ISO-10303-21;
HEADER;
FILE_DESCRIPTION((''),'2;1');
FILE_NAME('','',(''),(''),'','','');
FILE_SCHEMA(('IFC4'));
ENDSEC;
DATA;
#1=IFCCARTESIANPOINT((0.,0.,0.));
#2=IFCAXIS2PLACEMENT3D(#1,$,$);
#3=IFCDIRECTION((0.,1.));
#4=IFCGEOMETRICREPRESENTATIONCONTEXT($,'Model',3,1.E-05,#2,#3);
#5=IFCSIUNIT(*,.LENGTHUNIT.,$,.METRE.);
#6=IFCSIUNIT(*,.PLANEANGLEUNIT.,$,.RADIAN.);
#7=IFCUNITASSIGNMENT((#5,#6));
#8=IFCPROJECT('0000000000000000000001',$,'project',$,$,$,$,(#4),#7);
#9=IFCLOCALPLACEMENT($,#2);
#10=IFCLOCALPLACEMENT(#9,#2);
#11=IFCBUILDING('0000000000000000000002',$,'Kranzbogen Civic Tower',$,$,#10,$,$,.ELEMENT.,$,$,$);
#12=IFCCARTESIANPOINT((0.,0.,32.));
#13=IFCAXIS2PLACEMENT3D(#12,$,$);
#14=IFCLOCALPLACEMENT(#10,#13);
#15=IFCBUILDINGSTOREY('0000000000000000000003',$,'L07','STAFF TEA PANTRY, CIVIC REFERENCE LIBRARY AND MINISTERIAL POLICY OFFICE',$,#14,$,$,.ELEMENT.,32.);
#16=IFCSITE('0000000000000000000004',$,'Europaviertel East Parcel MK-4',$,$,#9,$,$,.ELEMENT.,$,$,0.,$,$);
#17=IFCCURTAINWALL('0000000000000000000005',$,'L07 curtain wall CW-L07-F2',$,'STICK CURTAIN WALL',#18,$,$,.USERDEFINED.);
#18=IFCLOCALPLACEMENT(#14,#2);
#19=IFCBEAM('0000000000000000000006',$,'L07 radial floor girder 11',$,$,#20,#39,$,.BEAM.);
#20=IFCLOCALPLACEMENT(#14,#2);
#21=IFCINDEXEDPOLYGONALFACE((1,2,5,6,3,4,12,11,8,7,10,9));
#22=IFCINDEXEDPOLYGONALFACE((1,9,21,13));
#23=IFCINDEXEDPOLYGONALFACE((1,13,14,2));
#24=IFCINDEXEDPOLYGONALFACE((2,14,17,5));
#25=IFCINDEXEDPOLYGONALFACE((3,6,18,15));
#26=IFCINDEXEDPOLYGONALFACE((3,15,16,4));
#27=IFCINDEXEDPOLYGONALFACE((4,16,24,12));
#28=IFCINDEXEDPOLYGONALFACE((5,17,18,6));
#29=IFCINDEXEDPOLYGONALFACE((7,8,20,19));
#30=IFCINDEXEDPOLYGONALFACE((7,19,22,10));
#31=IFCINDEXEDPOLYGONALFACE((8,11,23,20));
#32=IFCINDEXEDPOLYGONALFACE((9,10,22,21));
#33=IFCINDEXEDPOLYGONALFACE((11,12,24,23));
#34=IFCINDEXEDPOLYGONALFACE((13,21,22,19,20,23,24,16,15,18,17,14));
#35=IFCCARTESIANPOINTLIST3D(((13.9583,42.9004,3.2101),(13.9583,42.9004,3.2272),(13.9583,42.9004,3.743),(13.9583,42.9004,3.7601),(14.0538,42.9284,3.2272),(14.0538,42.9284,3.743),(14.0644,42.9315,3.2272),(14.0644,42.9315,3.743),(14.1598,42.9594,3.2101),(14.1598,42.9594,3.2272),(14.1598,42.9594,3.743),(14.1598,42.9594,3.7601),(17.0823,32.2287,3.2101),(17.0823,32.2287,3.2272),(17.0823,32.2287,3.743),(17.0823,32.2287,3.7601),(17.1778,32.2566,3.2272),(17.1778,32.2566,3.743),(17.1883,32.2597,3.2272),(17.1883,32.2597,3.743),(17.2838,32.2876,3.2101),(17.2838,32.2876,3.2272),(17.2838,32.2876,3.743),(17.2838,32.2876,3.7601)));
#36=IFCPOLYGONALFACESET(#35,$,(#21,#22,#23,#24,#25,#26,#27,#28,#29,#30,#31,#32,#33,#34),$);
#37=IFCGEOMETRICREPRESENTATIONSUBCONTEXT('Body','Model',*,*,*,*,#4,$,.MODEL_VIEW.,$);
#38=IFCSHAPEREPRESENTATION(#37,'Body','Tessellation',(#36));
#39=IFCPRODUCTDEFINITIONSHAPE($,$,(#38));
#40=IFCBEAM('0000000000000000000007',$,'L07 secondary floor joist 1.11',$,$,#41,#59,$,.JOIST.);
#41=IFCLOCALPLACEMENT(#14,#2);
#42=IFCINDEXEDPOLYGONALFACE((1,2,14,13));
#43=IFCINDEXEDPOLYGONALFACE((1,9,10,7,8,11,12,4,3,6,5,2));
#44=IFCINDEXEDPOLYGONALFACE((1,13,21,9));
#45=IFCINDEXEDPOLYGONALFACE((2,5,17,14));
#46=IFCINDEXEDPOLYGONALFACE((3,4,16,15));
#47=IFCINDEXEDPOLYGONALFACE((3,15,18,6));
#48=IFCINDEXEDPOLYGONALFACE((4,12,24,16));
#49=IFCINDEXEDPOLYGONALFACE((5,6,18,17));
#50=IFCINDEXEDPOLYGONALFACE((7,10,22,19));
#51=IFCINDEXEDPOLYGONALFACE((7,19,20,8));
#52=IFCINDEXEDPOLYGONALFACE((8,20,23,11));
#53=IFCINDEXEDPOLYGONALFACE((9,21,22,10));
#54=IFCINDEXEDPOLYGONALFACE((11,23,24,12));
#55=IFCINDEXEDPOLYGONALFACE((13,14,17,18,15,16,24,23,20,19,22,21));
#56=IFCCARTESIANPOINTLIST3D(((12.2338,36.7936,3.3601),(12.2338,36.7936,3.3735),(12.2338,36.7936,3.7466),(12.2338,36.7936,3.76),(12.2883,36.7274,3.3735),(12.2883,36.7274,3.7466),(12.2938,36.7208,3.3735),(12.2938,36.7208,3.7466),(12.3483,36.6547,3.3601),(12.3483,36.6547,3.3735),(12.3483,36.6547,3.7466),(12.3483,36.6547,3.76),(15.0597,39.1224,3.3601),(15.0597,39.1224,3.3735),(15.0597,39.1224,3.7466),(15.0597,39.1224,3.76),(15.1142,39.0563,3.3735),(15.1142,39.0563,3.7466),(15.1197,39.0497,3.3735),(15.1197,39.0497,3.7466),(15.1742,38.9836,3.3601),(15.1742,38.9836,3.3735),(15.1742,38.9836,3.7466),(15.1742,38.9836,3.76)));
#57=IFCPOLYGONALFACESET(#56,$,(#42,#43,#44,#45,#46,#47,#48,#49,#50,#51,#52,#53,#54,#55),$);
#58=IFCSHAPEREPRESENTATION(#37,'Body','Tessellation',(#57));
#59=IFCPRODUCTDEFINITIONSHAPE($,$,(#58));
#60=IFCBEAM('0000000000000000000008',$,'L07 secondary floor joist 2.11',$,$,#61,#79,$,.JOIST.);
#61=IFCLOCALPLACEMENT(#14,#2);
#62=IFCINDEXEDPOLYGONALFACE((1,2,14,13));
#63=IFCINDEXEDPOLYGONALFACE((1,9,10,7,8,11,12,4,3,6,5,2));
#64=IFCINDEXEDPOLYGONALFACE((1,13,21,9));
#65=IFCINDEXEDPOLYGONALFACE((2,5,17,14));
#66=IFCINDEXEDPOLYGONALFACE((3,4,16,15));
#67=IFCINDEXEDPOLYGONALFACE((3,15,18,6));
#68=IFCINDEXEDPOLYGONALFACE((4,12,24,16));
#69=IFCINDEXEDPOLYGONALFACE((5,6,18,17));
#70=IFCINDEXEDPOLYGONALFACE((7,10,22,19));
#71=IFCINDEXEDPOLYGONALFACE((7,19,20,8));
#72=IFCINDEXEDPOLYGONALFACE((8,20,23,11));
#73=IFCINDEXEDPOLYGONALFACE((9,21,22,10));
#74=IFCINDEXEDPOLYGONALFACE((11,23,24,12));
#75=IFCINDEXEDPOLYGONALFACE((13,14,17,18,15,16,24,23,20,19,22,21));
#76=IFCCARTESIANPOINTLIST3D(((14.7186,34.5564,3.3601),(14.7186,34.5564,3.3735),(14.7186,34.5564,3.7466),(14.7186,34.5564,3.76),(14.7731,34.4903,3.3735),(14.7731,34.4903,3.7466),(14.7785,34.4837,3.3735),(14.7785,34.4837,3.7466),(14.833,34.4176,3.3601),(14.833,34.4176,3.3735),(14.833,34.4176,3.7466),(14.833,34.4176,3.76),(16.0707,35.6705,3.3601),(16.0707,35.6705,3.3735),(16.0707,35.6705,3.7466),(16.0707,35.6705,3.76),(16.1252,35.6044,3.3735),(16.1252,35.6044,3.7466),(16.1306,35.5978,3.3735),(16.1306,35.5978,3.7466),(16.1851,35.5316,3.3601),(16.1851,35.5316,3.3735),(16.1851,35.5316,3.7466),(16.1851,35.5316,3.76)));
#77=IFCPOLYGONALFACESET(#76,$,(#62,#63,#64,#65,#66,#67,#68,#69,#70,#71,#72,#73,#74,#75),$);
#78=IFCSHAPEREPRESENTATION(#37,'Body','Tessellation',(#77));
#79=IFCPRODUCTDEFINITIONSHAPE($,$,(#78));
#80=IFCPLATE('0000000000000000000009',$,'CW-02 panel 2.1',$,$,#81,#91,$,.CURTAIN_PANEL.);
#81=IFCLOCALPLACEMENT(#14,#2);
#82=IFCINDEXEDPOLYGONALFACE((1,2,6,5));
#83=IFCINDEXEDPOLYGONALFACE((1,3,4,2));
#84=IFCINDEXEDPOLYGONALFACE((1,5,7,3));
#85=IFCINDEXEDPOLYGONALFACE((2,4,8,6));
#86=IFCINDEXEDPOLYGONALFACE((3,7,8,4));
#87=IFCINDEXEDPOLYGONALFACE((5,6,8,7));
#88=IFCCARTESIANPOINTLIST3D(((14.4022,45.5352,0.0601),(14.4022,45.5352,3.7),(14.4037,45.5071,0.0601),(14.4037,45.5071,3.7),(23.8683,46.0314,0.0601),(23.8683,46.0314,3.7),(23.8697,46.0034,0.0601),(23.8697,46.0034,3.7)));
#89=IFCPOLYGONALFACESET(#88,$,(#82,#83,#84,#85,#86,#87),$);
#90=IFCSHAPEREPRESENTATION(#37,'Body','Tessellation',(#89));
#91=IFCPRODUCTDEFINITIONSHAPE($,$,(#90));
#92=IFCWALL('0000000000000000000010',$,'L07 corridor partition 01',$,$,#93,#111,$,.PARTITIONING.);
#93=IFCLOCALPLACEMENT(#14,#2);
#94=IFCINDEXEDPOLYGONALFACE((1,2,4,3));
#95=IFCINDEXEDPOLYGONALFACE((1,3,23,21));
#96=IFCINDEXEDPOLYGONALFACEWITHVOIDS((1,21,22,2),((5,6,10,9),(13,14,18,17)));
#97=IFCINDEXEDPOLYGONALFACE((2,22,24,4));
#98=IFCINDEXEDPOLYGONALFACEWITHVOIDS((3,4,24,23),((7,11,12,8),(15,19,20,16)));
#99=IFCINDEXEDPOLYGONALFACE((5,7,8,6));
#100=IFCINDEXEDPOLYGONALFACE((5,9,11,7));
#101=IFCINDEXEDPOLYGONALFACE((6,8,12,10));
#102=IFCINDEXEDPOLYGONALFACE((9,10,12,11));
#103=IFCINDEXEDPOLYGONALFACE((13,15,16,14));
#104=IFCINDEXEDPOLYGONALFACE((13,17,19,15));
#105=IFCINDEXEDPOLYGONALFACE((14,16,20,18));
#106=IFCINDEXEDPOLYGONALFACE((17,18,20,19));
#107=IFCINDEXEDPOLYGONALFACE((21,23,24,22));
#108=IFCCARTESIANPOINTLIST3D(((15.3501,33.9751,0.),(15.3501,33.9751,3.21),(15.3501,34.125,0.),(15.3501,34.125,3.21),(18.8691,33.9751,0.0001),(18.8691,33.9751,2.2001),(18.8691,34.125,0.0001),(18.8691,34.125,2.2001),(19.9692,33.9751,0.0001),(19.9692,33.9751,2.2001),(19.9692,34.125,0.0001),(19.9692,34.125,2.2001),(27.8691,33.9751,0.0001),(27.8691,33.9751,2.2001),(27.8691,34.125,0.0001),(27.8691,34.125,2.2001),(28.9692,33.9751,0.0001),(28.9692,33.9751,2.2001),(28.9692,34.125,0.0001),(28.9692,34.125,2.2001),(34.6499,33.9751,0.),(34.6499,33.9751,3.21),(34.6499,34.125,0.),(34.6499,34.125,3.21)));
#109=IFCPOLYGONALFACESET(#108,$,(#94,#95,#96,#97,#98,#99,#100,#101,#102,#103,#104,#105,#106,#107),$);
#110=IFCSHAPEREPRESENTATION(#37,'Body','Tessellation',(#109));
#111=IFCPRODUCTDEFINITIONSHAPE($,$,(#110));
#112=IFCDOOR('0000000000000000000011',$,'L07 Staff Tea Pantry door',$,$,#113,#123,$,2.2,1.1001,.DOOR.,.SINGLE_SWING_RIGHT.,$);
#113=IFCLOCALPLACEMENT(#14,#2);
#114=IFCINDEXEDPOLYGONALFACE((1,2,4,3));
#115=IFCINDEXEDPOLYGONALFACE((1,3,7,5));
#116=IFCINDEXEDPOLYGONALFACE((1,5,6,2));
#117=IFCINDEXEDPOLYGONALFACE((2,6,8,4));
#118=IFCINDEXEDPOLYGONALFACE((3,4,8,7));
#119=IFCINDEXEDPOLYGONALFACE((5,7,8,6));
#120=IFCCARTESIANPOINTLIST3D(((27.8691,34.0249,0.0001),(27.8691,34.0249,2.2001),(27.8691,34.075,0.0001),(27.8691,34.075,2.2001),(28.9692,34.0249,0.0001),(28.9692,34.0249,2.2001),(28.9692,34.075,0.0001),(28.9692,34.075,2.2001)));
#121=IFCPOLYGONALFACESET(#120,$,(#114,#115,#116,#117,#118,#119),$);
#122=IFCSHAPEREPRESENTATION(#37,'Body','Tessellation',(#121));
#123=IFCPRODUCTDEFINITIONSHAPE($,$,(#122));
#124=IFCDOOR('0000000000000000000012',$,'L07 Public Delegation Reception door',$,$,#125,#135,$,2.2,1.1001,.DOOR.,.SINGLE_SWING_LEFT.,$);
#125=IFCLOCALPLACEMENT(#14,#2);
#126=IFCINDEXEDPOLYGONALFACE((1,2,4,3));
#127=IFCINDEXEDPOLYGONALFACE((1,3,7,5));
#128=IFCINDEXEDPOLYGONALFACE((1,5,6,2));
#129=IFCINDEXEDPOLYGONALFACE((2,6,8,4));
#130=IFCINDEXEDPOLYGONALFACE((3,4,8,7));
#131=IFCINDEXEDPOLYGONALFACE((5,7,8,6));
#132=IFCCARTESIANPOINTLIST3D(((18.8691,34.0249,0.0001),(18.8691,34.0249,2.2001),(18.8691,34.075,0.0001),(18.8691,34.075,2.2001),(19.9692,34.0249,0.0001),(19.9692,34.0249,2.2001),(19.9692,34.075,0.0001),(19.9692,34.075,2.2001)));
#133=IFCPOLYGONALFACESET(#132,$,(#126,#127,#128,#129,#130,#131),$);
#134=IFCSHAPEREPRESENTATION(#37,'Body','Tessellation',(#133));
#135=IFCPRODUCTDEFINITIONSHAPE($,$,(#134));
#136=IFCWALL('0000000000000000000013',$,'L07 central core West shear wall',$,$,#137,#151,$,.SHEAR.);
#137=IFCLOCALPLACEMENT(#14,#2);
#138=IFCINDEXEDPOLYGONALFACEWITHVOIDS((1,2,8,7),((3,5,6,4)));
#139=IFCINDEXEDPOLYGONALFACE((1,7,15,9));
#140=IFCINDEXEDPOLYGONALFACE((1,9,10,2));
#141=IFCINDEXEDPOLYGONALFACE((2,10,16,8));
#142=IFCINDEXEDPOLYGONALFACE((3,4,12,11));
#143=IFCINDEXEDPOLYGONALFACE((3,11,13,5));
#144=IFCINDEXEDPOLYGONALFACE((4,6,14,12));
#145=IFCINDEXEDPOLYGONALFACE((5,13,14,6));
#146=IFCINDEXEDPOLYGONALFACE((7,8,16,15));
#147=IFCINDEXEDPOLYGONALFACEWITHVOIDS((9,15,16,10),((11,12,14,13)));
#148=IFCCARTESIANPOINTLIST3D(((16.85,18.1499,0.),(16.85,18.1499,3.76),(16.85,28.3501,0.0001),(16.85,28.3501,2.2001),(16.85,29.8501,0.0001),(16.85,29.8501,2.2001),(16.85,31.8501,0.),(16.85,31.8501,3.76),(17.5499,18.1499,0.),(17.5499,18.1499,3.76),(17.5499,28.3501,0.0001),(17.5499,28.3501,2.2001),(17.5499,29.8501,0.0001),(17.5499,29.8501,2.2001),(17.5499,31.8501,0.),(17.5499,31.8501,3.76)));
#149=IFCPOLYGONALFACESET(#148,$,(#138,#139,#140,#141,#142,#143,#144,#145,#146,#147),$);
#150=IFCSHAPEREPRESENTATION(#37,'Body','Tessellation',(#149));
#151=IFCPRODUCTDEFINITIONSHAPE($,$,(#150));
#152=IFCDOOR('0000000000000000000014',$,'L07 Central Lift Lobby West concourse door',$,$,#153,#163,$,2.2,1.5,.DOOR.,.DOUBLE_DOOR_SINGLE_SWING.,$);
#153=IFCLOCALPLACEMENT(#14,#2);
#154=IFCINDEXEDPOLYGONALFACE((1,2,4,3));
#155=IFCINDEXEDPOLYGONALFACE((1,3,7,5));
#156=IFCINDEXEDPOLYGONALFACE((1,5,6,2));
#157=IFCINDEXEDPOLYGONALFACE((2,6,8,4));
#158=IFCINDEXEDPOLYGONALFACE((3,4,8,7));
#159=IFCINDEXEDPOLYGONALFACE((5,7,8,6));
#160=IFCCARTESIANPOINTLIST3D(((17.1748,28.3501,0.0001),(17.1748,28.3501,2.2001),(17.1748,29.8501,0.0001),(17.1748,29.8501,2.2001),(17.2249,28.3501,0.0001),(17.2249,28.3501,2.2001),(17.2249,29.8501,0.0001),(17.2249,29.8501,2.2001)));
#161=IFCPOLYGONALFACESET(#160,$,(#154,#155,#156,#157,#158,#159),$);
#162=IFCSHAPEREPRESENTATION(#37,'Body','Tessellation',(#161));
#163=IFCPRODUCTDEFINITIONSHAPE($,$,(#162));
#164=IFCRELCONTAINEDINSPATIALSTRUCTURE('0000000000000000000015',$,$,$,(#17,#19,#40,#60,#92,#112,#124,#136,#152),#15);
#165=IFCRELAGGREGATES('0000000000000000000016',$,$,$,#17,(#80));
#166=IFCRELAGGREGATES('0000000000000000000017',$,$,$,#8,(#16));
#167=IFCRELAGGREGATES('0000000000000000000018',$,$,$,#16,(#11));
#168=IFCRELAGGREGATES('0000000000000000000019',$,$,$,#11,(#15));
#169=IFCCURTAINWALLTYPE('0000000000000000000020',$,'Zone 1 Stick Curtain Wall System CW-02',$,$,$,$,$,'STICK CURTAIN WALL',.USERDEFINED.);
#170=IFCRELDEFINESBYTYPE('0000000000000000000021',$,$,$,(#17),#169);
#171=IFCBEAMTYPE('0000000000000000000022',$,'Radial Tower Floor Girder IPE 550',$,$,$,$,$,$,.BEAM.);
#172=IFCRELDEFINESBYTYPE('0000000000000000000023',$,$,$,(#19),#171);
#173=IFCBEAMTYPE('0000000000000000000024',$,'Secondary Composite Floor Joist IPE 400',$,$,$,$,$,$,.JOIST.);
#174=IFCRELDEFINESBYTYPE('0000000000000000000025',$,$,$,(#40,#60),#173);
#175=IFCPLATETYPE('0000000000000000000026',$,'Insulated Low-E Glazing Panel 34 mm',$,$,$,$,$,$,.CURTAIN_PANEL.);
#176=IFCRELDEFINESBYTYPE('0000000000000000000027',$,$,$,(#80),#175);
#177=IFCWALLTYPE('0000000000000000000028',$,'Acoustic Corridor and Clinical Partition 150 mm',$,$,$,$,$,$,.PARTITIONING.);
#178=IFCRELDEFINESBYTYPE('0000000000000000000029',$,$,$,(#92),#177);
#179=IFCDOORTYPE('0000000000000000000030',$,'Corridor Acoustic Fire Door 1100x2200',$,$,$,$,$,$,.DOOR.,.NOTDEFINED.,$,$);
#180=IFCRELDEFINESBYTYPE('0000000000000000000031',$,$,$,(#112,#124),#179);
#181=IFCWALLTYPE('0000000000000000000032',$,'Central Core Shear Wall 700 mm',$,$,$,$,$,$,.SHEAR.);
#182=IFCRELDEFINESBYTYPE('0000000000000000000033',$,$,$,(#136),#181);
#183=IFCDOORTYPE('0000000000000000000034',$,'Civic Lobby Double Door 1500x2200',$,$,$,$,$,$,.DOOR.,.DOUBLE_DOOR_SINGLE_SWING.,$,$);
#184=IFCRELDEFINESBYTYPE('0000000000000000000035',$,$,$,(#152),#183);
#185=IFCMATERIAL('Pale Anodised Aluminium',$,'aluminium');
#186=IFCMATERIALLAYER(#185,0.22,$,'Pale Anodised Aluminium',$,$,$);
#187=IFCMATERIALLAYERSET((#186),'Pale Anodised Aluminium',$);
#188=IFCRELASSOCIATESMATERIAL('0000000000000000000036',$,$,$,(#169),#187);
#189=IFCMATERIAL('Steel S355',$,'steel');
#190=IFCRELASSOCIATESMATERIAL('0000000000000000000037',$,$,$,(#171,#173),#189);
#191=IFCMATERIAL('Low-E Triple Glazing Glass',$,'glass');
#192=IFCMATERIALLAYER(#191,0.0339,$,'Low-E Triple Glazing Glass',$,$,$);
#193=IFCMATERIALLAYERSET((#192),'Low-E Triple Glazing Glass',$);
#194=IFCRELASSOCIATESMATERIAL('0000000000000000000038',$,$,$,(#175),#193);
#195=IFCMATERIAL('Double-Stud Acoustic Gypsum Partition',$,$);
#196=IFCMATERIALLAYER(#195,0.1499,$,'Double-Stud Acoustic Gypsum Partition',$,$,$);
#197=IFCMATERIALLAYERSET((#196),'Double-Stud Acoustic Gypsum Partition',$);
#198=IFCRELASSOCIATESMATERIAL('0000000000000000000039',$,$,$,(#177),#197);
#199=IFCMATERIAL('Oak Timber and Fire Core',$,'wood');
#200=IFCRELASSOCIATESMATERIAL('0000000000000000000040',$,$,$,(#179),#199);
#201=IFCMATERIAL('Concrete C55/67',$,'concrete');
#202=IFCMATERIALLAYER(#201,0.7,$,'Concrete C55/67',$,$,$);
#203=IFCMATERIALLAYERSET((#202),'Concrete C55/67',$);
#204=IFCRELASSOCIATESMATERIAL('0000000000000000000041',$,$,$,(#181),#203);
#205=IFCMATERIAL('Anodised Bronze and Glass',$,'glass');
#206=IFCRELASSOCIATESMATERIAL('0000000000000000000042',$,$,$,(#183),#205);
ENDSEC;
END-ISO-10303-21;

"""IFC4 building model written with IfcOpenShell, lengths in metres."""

from ifc_helpers import new_model, si_unit, direction, frame, frame_2d, origin, origin_2d, place, context, subcontext, project, spatial, rectangle, i_section, extrude, material, layer, layer_set, material_profile, profile_set, type_object, element, fill, aggregate, save


model = new_model("IFC4")

# Units and contexts
model_context = context("Model", 3, precision=1e-05, world=origin(), true_north=direction((0.0, 1.0)))
body_context = subcontext(model_context, "Body", "Model", "MODEL_VIEW")
ifc_project = project(units=[si_unit("LENGTHUNIT", "METRE"), si_unit("PLANEANGLEUNIT", "RADIAN")], contexts=[model_context])

# Site, building, storey
site_placement = place(None, origin())
site = spatial("IfcSite", under=ifc_project, at=site_placement, Name="Europaviertel East Parcel MK-4", CompositionType="ELEMENT", RefElevation=0.0)
building_placement = place(site_placement, origin())
building = spatial("IfcBuilding", under=site, at=building_placement, Name="Kranzbogen Civic Tower", CompositionType="ELEMENT")
storey_placement = place(building_placement, frame((0.0, 0.0, 32.0)))
storey = spatial("IfcBuildingStorey", under=building, at=storey_placement, Name="L07", Description="STAFF TEA PANTRY, CIVIC REFERENCE LIBRARY AND MINISTERIAL POLICY OFFICE", CompositionType="ELEMENT", Elevation=32.0)

# Curtain wall
ifc_material_1 = material(Name="Pale Anodised Aluminium", Category="aluminium")
ifc_layer_1 = layer(ifc_material_1, 0.22, Name="Pale Anodised Aluminium")
ifc_layer_set_1 = layer_set([ifc_layer_1], Name="Pale Anodised Aluminium")
curtain_wall_type = type_object("IfcCurtainWallType", Name="Zone 1 Stick Curtain Wall System CW-02", ElementType="STICK CURTAIN WALL", PredefinedType="USERDEFINED", material=ifc_layer_set_1)
curtain_wall_1_placement = place(storey_placement, origin())
curtain_wall_1 = element("IfcCurtainWall", 1, at=curtain_wall_1_placement, inside=storey, type_object=curtain_wall_type, Name="L07 curtain wall CW-L07-F2", ObjectType="STICK CURTAIN WALL", PredefinedType="USERDEFINED")

# Beams
ifc_material_2 = material(Name="Steel S355", Category="steel")
ifc_material_profile_1 = material_profile(ifc_material_2, i_section(OverallWidth=0.21, OverallDepth=0.55, WebThickness=0.011, FlangeThickness=0.0171, at=origin_2d()), Name="IPE 550")
ifc_profile_set_1 = profile_set([ifc_material_profile_1], Name="Steel S355")
beam_type_1 = type_object("IfcBeamType", Name="Radial Tower Floor Girder IPE 550", PredefinedType="BEAM", material=ifc_profile_set_1)
beam_1_placement = place(storey_placement, frame((14.0591, 42.9299, 3.4851), z_axis=(0.280944, -0.959724, 0.0), x_axis=(0.959724, 0.280944, 0.0)))
element("IfcBeam", 2, at=beam_1_placement, inside=storey, type_object=beam_type_1, Name="L07 radial floor girder 11", PredefinedType="BEAM", context=body_context, shape_type="SweptSolid", body=[
    extrude(i_section(OverallWidth=0.21, OverallDepth=0.55, WebThickness=0.011, FlangeThickness=0.0171, at=origin_2d()), origin(), (0.0, 0.0, 1.0), 11.1196),
])
ifc_material_profile_2 = material_profile(ifc_material_2, i_section(OverallWidth=0.1799, OverallDepth=0.3999, WebThickness=0.0085, FlangeThickness=0.0134, at=origin_2d()), Name="IPE 400")
ifc_profile_set_2 = profile_set([ifc_material_profile_2], Name="Steel S355")
beam_type_2 = type_object("IfcBeamType", Name="Secondary Composite Floor Joist IPE 400", PredefinedType="JOIST", material=ifc_profile_set_2)
beam_2_placement = place(storey_placement, frame((15.1169, 39.053, 3.5601), z_axis=(-0.771713, -0.635971, 0.0), x_axis=(0.635971, -0.771713, 0.0)))
element("IfcBeam", 3, at=beam_2_placement, inside=storey, type_object=beam_type_2, Name="L07 secondary floor joist 1.11", PredefinedType="JOIST", context=body_context, shape_type="SweptSolid", body=[
    extrude(i_section(OverallWidth=0.1799, OverallDepth=0.3999, WebThickness=0.0085, FlangeThickness=0.0134, at=origin_2d()), origin(), (0.0, 0.0, 1.0), 3.6619),
])
beam_3_placement = place(storey_placement, frame((16.1279, 35.6011, 3.5601), z_axis=(-0.771773, -0.635898, 0.0), x_axis=(0.635898, -0.771773, 0.0)))
element("IfcBeam", 4, at=beam_3_placement, inside=storey, type_object=beam_type_2, Name="L07 secondary floor joist 2.11", PredefinedType="JOIST", context=body_context, shape_type="SweptSolid", body=[
    extrude(i_section(OverallWidth=0.1799, OverallDepth=0.3999, WebThickness=0.0085, FlangeThickness=0.0134, at=origin_2d()), origin(), (0.0, 0.0, 1.0), 1.752),
])

# Plate
ifc_material_3 = material(Name="Low-E Triple Glazing Glass", Category="glass")
ifc_layer_2 = layer(ifc_material_3, 0.0339, Name="Low-E Triple Glazing Glass")
ifc_layer_set_2 = layer_set([ifc_layer_2], Name="Low-E Triple Glazing Glass")
plate_type = type_object("IfcPlateType", Name="Insulated Low-E Glazing Panel 34 mm", PredefinedType="CURTAIN_PANEL", material=ifc_layer_set_2)
plate_placement = place(storey_placement, frame((19.136, 45.7693, 0.0601), z_axis=(0.0, 0.0, 1.0), x_axis=(-0.998628, -0.052356, 0.0)))
plate = element("IfcPlate", 5, at=plate_placement, type_object=plate_type, Name="CW-02 panel 2.1", PredefinedType="CURTAIN_PANEL", context=body_context, shape_type="SweptSolid", body=[
    extrude(rectangle(XDim=9.479, YDim=0.0281, at=origin_2d()), origin(), (0.0, 0.0, 1.0), 3.6399),
])
aggregate(curtain_wall_1, [plate])

# Wall, openings, doors
ifc_material_4 = material(Name="Double-Stud Acoustic Gypsum Partition")
ifc_layer_3 = layer(ifc_material_4, 0.1499, Name="Double-Stud Acoustic Gypsum Partition")
ifc_layer_set_3 = layer_set([ifc_layer_3], Name="Double-Stud Acoustic Gypsum Partition")
wall_type_1 = type_object("IfcWallType", Name="Acoustic Corridor and Clinical Partition 150 mm", PredefinedType="PARTITIONING", material=ifc_layer_set_3)
wall_1_placement = place(storey_placement, frame((15.3501, 34.05, 0.0), z_axis=(0.0, 0.0, 1.0), x_axis=(1.0, 0.0, 0.0)))
wall_1 = element("IfcWall", 6, at=wall_1_placement, inside=storey, type_object=wall_type_1, Name="L07 corridor partition 01", PredefinedType="PARTITIONING", context=body_context, shape_type="SweptSolid", body=[
    extrude(rectangle(XDim=19.2998, YDim=0.1499, at=frame_2d((9.6499, 0.0))), origin(), (0.0, 0.0, 1.0), 3.21),
])
opening_1_placement = place(wall_1_placement, frame((12.519, 0.0, 0.0)))
opening_1 = element("IfcOpeningElement", 7, at=opening_1_placement, cuts=wall_1, PredefinedType="OPENING", context=body_context, shape_type="SweptSolid", body=[
    extrude(rectangle(XDim=1.1001, YDim=2.2, at=frame_2d((0.55, 1.1001))), frame((0.0, 0.085, 0.0), z_axis=(0.0, -1.0, 0.0), x_axis=(1.0, 0.0, 0.0)), (0.0, 0.0, 1.0), 0.1699),
])
opening_2_placement = place(wall_1_placement, frame((3.519, 0.0, 0.0)))
opening_2 = element("IfcOpeningElement", 8, at=opening_2_placement, cuts=wall_1, PredefinedType="OPENING", context=body_context, shape_type="SweptSolid", body=[
    extrude(rectangle(XDim=1.1001, YDim=2.2, at=frame_2d((0.55, 1.1001))), frame((0.0, 0.085, 0.0), z_axis=(0.0, -1.0, 0.0), x_axis=(1.0, 0.0, 0.0)), (0.0, 0.0, 1.0), 0.1699),
])
ifc_material_5 = material(Name="Oak Timber and Fire Core", Category="wood")
door_type_1 = type_object("IfcDoorType", Name="Corridor Acoustic Fire Door 1100x2200", OperationType="NOTDEFINED", PredefinedType="DOOR", material=ifc_material_5)
door_1_placement = place(opening_1_placement, origin())
door_1 = element("IfcDoor", 9, at=door_1_placement, inside=storey, type_object=door_type_1, Name="L07 Staff Tea Pantry door", OperationType="SINGLE_SWING_RIGHT", OverallHeight=2.2, OverallWidth=1.1001, PredefinedType="DOOR", context=body_context, shape_type="SweptSolid", body=[
    extrude(rectangle(XDim=1.1001, YDim=2.2, at=frame_2d((0.55, 1.1001))), frame((0.0, 0.0249, 0.0), z_axis=(0.0, -1.0, 0.0), x_axis=(1.0, 0.0, 0.0)), (0.0, 0.0, 1.0), 0.05),
])
fill(opening_1, door_1)
door_2_placement = place(opening_2_placement, origin())
door_2 = element("IfcDoor", 10, at=door_2_placement, inside=storey, type_object=door_type_1, Name="L07 Public Delegation Reception door", OperationType="SINGLE_SWING_LEFT", OverallHeight=2.2, OverallWidth=1.1001, PredefinedType="DOOR", context=body_context, shape_type="SweptSolid", body=[
    extrude(rectangle(XDim=1.1001, YDim=2.2, at=frame_2d((0.55, 1.1001))), frame((0.0, 0.0249, 0.0), z_axis=(0.0, -1.0, 0.0), x_axis=(1.0, 0.0, 0.0)), (0.0, 0.0, 1.0), 0.05),
])
fill(opening_2, door_2)

# Wall, opening, door
ifc_material_6 = material(Name="Concrete C55/67", Category="concrete")
ifc_layer_4 = layer(ifc_material_6, 0.7, Name="Concrete C55/67")
ifc_layer_set_4 = layer_set([ifc_layer_4], Name="Concrete C55/67")
wall_type_2 = type_object("IfcWallType", Name="Central Core Shear Wall 700 mm", PredefinedType="SHEAR", material=ifc_layer_set_4)
wall_2_placement = place(storey_placement, frame((17.2, 31.8501, 0.0), z_axis=(0.0, 0.0, 1.0), x_axis=(0.0, -1.0, 0.0)))
wall_2 = element("IfcWall", 11, at=wall_2_placement, inside=storey, type_object=wall_type_2, Name="L07 central core West shear wall", PredefinedType="SHEAR", context=body_context, shape_type="SweptSolid", body=[
    extrude(rectangle(XDim=13.7002, YDim=0.7, at=frame_2d((6.8501, 0.0))), origin(), (0.0, 0.0, 1.0), 3.76),
])
opening_3_placement = place(wall_2_placement, frame((2.0, 0.0, 0.0)))
opening_3 = element("IfcOpeningElement", 12, at=opening_3_placement, cuts=wall_2, PredefinedType="OPENING", context=body_context, shape_type="SweptSolid", body=[
    extrude(rectangle(XDim=1.5, YDim=2.2, at=frame_2d((0.75, 1.1001))), frame((0.0, 0.3599, 0.0), z_axis=(0.0, -1.0, 0.0), x_axis=(1.0, 0.0, 0.0)), (0.0, 0.0, 1.0), 0.72),
])
ifc_material_7 = material(Name="Anodised Bronze and Glass", Category="glass")
door_type_2 = type_object("IfcDoorType", Name="Civic Lobby Double Door 1500x2200", OperationType="DOUBLE_DOOR_SINGLE_SWING", PredefinedType="DOOR", material=ifc_material_7)
door_3_placement = place(opening_3_placement, origin())
door_3 = element("IfcDoor", 13, at=door_3_placement, inside=storey, type_object=door_type_2, Name="L07 Central Lift Lobby West concourse door", OperationType="DOUBLE_DOOR_SINGLE_SWING", OverallHeight=2.2, OverallWidth=1.5, PredefinedType="DOOR", context=body_context, shape_type="SweptSolid", body=[
    extrude(rectangle(XDim=1.5, YDim=2.2, at=frame_2d((0.75, 1.1001))), frame((0.0, 0.0249, 0.0), z_axis=(0.0, -1.0, 0.0), x_axis=(1.0, 0.0, 0.0)), (0.0, 0.0, 1.0), 0.05),
])
fill(opening_3, door_3)

save(model, "model.ifc")
